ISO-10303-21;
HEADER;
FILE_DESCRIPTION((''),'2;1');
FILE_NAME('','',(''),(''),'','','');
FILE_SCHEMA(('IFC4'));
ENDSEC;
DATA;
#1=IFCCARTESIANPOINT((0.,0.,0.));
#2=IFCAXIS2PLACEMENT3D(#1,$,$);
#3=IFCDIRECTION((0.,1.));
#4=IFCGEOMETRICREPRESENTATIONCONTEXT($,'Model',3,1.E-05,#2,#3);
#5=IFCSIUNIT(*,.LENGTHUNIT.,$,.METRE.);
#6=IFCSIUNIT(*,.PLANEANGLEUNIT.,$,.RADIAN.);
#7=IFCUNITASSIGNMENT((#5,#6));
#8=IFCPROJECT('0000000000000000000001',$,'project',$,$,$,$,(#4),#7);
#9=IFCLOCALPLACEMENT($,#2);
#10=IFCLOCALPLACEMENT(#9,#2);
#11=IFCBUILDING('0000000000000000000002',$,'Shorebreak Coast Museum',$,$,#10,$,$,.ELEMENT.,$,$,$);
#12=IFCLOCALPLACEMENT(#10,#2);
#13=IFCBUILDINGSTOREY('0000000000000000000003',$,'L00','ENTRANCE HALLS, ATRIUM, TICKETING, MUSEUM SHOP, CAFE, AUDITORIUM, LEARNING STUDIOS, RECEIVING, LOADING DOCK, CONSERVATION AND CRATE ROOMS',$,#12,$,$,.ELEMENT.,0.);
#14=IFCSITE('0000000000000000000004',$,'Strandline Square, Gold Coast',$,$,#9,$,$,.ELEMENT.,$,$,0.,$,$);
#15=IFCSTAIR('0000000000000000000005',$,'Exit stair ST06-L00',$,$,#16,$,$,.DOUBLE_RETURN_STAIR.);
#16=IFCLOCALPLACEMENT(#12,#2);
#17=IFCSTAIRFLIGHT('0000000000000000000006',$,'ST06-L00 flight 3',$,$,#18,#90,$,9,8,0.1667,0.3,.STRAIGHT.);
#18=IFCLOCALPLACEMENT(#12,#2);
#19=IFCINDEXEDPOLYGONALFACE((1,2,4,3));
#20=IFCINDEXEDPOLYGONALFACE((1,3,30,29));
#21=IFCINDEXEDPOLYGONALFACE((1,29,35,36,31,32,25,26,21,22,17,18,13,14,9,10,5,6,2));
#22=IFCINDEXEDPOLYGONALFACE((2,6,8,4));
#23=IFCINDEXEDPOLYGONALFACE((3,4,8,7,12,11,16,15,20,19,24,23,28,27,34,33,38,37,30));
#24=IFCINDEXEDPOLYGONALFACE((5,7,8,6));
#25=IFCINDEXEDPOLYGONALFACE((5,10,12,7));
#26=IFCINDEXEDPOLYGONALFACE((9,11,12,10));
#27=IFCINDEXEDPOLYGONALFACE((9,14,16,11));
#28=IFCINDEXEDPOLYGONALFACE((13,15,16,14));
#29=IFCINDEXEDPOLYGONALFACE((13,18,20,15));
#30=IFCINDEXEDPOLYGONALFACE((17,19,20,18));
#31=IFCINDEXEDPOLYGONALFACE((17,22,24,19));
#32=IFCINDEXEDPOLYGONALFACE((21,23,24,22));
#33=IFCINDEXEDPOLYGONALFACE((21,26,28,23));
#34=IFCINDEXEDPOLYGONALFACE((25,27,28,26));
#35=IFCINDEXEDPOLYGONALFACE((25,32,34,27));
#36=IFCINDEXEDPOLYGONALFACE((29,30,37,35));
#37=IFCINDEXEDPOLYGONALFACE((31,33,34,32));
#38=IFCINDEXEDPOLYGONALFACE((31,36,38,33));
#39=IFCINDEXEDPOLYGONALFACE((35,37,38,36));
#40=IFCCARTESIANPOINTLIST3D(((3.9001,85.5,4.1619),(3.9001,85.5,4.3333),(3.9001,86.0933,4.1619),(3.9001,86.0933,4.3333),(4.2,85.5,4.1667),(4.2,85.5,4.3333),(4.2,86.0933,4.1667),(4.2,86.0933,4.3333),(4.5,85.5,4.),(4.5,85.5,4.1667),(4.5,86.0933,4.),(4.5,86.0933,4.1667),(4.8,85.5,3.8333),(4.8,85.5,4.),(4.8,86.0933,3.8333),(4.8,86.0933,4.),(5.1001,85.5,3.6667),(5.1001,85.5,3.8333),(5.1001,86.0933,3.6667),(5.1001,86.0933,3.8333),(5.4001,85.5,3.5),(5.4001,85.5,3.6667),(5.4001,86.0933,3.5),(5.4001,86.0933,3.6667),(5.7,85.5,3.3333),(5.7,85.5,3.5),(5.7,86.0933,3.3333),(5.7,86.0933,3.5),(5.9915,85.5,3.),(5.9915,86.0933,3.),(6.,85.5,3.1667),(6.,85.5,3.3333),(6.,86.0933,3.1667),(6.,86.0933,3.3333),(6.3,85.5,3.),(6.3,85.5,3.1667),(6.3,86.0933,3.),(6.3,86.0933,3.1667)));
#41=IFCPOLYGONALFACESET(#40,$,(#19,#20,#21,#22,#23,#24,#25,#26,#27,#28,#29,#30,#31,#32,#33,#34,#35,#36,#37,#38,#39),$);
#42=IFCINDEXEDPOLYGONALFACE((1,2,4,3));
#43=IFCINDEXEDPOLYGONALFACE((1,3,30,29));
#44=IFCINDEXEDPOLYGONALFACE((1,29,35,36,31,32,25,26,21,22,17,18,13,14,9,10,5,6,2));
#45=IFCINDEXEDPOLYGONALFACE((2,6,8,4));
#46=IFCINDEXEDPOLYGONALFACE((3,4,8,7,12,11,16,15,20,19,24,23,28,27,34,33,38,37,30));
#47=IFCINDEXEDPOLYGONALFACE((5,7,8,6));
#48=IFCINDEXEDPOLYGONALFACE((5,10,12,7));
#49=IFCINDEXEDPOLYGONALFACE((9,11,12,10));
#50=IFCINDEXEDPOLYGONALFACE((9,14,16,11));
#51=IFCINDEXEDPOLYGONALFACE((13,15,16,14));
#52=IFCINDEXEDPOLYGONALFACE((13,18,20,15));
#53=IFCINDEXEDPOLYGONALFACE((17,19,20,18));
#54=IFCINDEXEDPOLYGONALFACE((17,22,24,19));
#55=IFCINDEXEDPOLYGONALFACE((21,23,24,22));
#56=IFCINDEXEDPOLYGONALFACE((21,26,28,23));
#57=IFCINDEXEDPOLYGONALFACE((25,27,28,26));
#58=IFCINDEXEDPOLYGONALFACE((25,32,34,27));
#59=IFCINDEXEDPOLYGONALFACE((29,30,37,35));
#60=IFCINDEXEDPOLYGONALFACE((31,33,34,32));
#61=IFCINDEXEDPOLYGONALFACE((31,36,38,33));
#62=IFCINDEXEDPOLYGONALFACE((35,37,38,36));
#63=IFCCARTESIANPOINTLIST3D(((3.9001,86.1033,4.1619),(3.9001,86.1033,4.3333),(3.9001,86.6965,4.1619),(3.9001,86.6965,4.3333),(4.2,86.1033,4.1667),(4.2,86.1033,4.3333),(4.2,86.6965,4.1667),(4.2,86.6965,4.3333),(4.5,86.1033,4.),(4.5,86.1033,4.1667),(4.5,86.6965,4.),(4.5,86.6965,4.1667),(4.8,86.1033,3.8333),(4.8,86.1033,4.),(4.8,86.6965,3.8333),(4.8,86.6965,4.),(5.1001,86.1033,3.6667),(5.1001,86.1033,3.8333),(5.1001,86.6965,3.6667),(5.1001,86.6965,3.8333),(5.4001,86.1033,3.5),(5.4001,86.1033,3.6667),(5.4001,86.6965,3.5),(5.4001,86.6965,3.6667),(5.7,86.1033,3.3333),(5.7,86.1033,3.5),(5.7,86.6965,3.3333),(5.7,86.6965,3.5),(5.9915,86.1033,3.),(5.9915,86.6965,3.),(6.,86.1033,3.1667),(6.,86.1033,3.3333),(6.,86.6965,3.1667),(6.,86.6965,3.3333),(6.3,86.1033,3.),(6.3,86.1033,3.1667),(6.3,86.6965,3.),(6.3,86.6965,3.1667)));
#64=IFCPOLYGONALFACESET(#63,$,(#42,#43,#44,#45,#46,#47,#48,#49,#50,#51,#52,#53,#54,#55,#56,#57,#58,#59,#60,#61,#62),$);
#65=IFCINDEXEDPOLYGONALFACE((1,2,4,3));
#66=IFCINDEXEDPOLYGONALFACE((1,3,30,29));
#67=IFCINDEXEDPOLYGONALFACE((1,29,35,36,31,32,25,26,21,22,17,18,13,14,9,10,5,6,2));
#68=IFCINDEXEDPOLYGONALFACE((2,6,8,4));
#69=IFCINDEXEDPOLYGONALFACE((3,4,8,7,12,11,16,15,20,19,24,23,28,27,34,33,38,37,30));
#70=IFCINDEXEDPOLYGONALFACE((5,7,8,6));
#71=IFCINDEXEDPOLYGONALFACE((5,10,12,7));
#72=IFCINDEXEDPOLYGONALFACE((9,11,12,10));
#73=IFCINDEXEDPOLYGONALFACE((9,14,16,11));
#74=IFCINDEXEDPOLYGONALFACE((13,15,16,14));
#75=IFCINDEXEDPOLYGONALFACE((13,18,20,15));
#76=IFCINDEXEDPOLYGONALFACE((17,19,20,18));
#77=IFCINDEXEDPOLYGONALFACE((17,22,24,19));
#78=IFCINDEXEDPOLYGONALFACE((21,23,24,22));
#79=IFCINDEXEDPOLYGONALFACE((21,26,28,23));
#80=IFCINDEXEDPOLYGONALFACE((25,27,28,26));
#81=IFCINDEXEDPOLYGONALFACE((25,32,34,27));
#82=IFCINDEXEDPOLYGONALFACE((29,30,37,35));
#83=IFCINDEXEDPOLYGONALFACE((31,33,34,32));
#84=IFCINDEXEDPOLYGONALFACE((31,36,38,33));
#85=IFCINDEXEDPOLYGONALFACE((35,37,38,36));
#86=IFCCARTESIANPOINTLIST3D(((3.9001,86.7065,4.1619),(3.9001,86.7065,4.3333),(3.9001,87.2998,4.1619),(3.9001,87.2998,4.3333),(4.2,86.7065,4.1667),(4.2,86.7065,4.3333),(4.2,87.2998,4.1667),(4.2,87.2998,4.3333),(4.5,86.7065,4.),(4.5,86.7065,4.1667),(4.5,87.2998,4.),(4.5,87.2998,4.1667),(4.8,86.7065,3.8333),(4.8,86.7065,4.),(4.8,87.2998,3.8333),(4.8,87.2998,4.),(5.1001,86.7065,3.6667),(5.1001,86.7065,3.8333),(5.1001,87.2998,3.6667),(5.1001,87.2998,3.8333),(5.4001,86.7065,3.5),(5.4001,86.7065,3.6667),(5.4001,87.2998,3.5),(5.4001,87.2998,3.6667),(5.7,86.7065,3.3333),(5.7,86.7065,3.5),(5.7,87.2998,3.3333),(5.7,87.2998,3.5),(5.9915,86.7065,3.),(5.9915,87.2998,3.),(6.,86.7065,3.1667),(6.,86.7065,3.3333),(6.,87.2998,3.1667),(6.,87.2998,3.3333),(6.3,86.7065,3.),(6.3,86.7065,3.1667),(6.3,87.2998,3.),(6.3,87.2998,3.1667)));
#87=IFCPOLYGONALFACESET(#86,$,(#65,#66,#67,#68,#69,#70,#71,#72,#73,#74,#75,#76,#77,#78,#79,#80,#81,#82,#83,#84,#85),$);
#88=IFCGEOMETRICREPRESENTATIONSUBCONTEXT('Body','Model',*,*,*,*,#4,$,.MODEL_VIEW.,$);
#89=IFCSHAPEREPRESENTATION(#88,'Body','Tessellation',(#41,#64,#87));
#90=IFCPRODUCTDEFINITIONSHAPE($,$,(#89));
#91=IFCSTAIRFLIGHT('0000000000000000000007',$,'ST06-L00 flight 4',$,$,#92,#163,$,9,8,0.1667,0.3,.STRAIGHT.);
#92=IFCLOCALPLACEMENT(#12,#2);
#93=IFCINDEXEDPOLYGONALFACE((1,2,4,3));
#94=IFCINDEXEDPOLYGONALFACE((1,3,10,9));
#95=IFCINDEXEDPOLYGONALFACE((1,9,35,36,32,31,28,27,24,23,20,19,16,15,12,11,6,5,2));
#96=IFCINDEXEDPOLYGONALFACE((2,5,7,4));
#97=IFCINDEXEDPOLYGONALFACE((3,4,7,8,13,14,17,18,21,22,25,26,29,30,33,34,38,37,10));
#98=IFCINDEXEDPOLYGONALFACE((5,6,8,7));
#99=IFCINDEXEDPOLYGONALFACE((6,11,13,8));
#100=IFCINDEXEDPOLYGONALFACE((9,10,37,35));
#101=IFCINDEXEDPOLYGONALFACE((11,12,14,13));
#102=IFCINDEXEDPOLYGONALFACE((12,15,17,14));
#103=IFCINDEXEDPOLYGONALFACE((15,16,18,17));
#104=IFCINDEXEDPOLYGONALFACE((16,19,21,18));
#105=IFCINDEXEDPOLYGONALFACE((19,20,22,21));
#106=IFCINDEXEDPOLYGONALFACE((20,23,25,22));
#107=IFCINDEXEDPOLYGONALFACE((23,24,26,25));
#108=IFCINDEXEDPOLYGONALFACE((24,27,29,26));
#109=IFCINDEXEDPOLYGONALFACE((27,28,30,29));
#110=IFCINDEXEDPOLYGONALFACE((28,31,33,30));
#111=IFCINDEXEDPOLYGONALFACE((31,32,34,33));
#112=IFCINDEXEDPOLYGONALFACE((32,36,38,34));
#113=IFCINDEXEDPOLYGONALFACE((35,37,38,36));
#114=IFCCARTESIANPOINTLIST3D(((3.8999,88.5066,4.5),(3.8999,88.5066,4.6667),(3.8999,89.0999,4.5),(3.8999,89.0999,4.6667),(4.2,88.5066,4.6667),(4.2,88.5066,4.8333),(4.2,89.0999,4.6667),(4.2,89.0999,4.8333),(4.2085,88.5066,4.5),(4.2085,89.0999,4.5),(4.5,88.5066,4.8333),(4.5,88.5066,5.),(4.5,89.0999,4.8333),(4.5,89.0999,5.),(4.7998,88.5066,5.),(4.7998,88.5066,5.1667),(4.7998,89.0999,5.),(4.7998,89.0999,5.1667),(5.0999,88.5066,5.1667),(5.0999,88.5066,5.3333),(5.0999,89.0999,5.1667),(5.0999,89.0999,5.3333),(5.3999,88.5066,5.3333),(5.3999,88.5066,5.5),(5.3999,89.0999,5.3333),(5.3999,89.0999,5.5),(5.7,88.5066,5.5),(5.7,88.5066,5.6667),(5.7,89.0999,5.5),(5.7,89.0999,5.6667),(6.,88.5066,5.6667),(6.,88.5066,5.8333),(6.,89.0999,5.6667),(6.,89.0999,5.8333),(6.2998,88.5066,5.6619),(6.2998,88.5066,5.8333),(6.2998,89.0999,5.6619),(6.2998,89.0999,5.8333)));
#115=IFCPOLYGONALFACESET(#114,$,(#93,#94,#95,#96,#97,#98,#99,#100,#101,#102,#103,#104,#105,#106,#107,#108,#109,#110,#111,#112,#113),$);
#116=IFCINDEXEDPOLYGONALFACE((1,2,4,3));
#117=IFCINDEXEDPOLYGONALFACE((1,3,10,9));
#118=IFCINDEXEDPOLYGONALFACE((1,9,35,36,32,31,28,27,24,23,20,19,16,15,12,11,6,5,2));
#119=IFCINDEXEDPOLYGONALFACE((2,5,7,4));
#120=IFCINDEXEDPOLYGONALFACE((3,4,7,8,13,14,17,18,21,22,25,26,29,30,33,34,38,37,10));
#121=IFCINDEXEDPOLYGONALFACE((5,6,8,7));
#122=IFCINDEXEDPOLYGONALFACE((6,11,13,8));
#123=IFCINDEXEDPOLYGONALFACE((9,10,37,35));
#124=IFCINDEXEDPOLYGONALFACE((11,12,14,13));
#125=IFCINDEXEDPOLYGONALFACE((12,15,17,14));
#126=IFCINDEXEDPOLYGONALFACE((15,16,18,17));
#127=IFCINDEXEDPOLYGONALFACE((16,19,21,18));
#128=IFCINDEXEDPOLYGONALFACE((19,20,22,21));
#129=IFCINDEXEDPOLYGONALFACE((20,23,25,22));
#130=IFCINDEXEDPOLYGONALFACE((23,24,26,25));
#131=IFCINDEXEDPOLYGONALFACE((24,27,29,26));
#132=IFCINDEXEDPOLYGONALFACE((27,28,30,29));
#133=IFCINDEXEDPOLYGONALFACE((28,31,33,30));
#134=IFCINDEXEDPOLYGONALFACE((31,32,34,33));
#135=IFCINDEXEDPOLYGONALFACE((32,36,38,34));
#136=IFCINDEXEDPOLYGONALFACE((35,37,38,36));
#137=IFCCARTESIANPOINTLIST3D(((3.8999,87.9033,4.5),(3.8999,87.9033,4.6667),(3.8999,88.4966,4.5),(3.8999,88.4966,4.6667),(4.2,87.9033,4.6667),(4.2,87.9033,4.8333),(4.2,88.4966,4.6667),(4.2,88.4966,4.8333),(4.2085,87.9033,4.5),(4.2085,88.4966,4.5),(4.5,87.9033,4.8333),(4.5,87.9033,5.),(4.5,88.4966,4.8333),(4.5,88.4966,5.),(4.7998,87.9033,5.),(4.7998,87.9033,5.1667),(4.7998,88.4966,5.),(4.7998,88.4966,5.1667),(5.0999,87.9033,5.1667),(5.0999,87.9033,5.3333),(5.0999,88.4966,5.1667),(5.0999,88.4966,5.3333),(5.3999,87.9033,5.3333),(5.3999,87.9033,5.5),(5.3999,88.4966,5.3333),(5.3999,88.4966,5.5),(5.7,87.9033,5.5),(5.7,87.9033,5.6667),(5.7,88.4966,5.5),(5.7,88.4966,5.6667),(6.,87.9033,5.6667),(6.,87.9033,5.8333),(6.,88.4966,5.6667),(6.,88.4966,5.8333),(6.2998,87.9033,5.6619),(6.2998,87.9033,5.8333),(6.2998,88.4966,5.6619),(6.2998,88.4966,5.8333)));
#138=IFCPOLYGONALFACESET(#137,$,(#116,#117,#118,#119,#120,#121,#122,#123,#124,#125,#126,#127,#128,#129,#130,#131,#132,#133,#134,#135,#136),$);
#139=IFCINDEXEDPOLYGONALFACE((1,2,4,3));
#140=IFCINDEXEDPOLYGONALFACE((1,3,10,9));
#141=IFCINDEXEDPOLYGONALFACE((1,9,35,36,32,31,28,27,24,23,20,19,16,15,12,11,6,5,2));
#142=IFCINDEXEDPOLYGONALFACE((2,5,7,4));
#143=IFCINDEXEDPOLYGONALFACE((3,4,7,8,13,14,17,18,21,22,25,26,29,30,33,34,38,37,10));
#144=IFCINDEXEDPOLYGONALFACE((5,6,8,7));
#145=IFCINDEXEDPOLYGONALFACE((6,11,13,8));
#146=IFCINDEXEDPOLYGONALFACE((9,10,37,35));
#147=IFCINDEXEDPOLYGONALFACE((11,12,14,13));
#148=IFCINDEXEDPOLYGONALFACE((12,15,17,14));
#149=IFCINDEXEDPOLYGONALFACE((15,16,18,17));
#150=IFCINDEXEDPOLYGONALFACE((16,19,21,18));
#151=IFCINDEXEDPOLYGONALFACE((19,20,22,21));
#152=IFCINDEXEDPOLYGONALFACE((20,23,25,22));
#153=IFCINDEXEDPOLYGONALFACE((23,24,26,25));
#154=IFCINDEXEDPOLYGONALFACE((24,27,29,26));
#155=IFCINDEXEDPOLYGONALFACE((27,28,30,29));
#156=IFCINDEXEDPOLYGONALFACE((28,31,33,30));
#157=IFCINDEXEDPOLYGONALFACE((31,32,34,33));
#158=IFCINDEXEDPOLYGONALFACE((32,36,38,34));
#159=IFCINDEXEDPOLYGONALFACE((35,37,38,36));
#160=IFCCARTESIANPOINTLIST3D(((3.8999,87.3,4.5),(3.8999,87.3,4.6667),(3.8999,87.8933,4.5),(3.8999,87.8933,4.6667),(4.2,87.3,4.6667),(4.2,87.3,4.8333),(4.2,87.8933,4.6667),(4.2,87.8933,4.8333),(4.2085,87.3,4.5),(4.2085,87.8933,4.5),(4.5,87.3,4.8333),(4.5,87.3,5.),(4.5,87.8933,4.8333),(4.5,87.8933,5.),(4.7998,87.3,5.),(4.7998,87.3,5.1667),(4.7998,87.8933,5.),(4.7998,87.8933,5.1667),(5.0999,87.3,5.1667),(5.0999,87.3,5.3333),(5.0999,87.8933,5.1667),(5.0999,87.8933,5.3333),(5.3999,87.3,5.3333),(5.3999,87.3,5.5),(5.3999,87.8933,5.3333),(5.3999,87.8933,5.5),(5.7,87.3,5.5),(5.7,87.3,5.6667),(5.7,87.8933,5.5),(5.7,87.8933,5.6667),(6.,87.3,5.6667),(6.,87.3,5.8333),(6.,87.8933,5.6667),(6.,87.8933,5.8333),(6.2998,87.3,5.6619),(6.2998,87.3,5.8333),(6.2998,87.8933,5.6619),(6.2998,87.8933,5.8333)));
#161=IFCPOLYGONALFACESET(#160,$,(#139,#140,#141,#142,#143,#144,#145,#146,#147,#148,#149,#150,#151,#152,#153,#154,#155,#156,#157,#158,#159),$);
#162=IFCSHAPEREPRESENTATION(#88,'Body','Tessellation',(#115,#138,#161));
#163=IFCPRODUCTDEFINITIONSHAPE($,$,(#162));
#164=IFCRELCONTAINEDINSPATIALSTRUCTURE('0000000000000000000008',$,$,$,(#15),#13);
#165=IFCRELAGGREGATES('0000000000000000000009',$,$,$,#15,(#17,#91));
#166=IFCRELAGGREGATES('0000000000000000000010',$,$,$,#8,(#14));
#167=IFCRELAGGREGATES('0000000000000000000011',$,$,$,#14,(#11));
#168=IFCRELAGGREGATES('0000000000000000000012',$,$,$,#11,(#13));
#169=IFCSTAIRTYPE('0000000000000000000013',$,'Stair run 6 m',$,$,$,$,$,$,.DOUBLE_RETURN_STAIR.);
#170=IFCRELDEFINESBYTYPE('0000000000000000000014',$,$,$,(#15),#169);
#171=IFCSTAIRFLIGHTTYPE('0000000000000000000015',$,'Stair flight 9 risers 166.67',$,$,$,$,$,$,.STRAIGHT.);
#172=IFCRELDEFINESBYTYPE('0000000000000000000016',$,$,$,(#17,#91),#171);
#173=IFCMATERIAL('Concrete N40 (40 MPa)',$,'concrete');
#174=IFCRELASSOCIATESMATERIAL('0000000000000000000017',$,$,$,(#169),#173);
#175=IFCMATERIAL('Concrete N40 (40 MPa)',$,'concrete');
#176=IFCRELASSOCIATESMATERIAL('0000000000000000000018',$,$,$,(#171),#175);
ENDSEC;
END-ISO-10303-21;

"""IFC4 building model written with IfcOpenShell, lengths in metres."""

from ifc_helpers import new_model, si_unit, direction, frame, origin, place, context, subcontext, project, spatial, polyline, outline, extrude, material, type_object, element, aggregate, save


model = new_model("IFC4")

# Units and contexts
model_context = context("Model", 3, precision=1e-05, world=origin(), true_north=direction((0.0, 1.0)))
body_context = subcontext(model_context, "Body", "Model", "MODEL_VIEW")
ifc_project = project(units=[si_unit("LENGTHUNIT", "METRE"), si_unit("PLANEANGLEUNIT", "RADIAN")], contexts=[model_context])

# Site, building, storey
site_placement = place(None, origin())
site = spatial("IfcSite", under=ifc_project, at=site_placement, Name="Strandline Square, Gold Coast", CompositionType="ELEMENT", RefElevation=0.0)
building_placement = place(site_placement, origin())
building = spatial("IfcBuilding", under=site, at=building_placement, Name="Shorebreak Coast Museum", CompositionType="ELEMENT")
storey_placement = place(building_placement, origin())
storey = spatial("IfcBuildingStorey", under=building, at=storey_placement, Name="L00", Description="ENTRANCE HALLS, ATRIUM, TICKETING, MUSEUM SHOP, CAFE, AUDITORIUM, LEARNING STUDIOS, RECEIVING, LOADING DOCK, CONSERVATION AND CRATE ROOMS", CompositionType="ELEMENT", Elevation=0.0)

# Stair, stair flights
ifc_material_1 = material(Name="Concrete N40 (40 MPa)", Category="concrete")
stair_type = type_object("IfcStairType", Name="Stair run 6 m", PredefinedType="DOUBLE_RETURN_STAIR", material=ifc_material_1)
stair_placement = place(storey_placement, origin())
stair = element("IfcStair", 1, at=stair_placement, inside=storey, type_object=stair_type, Name="Exit stair ST06-L00", PredefinedType="DOUBLE_RETURN_STAIR")
ifc_material_2 = material(Name="Concrete N40 (40 MPa)", Category="concrete")
stair_flight_type = type_object("IfcStairFlightType", Name="Stair flight 9 risers 166.67", PredefinedType="STRAIGHT", material=ifc_material_2)
stair_flight_1_placement = place(storey_placement, frame((6.3, 86.3999, 3.0), z_axis=(0.0, 0.0, 1.0), x_axis=(-1.0, 0.0, 0.0)))
stair_flight_1 = element("IfcStairFlight", 2, at=stair_flight_1_placement, type_object=stair_flight_type, Name="ST06-L00 flight 3", NumberOfRisers=9, NumberOfTreads=8, PredefinedType="STRAIGHT", RiserHeight=0.1667, TreadLength=0.3, context=body_context, shape_type="SweptSolid", body=[
    extrude(outline(polyline([(0.0, 0.0), (0.0, 0.1667), (0.3, 0.1667), (0.3, 0.3333), (0.6001, 0.3333), (0.6001, 0.5), (0.8999, 0.5), (0.8999, 0.6667), (1.2, 0.6667), (1.2, 0.8333), (1.5, 0.8333), (1.5, 1.0), (1.8, 1.0), (1.8, 1.1667), (2.1001, 1.1667), (2.1001, 1.3333), (2.3999, 1.3333), (2.3999, 1.5), (2.3999, 1.1619), (0.3086, 0.0), (0.0, 0.0)])), frame((0.0, 0.8999, 0.0), z_axis=(0.0, -1.0, 0.0), x_axis=(1.0, 0.0, 0.0)), (0.0, 0.0, 1.0), 0.5933),
    extrude(outline(polyline([(0.0, 0.0), (0.0, 0.1667), (0.3, 0.1667), (0.3, 0.3333), (0.6001, 0.3333), (0.6001, 0.5), (0.8999, 0.5), (0.8999, 0.6667), (1.2, 0.6667), (1.2, 0.8333), (1.5, 0.8333), (1.5, 1.0), (1.8, 1.0), (1.8, 1.1667), (2.1001, 1.1667), (2.1001, 1.3333), (2.3999, 1.3333), (2.3999, 1.5), (2.3999, 1.1619), (0.3086, 0.0), (0.0, 0.0)])), frame((0.0, 0.2966, 0.0), z_axis=(0.0, -1.0, 0.0), x_axis=(1.0, 0.0, 0.0)), (0.0, 0.0, 1.0), 0.5933),
    extrude(outline(polyline([(0.0, 0.0), (0.0, 0.1667), (0.3, 0.1667), (0.3, 0.3333), (0.6001, 0.3333), (0.6001, 0.5), (0.8999, 0.5), (0.8999, 0.6667), (1.2, 0.6667), (1.2, 0.8333), (1.5, 0.8333), (1.5, 1.0), (1.8, 1.0), (1.8, 1.1667), (2.1001, 1.1667), (2.1001, 1.3333), (2.3999, 1.3333), (2.3999, 1.5), (2.3999, 1.1619), (0.3086, 0.0), (0.0, 0.0)])), frame((0.0, -0.3066, 0.0), z_axis=(0.0, -1.0, 0.0), x_axis=(1.0, 0.0, 0.0)), (0.0, 0.0, 1.0), 0.5933),
])
stair_flight_2_placement = place(storey_placement, frame((3.8999, 88.2, 4.5), z_axis=(0.0, 0.0, 1.0), x_axis=(1.0, 0.0, 0.0)))
stair_flight_2 = element("IfcStairFlight", 3, at=stair_flight_2_placement, type_object=stair_flight_type, Name="ST06-L00 flight 4", NumberOfRisers=9, NumberOfTreads=8, PredefinedType="STRAIGHT", RiserHeight=0.1667, TreadLength=0.3, context=body_context, shape_type="SweptSolid", body=[
    extrude(outline(polyline([(0.0, 0.0), (0.0, 0.1667), (0.3, 0.1667), (0.3, 0.3333), (0.6001, 0.3333), (0.6001, 0.5), (0.8999, 0.5), (0.8999, 0.6667), (1.2, 0.6667), (1.2, 0.8333), (1.5, 0.8333), (1.5, 1.0), (1.8, 1.0), (1.8, 1.1667), (2.1001, 1.1667), (2.1001, 1.3333), (2.3999, 1.3333), (2.3999, 1.5), (2.3999, 1.1619), (0.3086, 0.0), (0.0, 0.0)])), frame((0.0, 0.8999, 0.0), z_axis=(0.0, -1.0, 0.0), x_axis=(1.0, 0.0, 0.0)), (0.0, 0.0, 1.0), 0.5933),
    extrude(outline(polyline([(0.0, 0.0), (0.0, 0.1667), (0.3, 0.1667), (0.3, 0.3333), (0.6001, 0.3333), (0.6001, 0.5), (0.8999, 0.5), (0.8999, 0.6667), (1.2, 0.6667), (1.2, 0.8333), (1.5, 0.8333), (1.5, 1.0), (1.8, 1.0), (1.8, 1.1667), (2.1001, 1.1667), (2.1001, 1.3333), (2.3999, 1.3333), (2.3999, 1.5), (2.3999, 1.1619), (0.3086, 0.0), (0.0, 0.0)])), frame((0.0, 0.2966, 0.0), z_axis=(0.0, -1.0, 0.0), x_axis=(1.0, 0.0, 0.0)), (0.0, 0.0, 1.0), 0.5933),
    extrude(outline(polyline([(0.0, 0.0), (0.0, 0.1667), (0.3, 0.1667), (0.3, 0.3333), (0.6001, 0.3333), (0.6001, 0.5), (0.8999, 0.5), (0.8999, 0.6667), (1.2, 0.6667), (1.2, 0.8333), (1.5, 0.8333), (1.5, 1.0), (1.8, 1.0), (1.8, 1.1667), (2.1001, 1.1667), (2.1001, 1.3333), (2.3999, 1.3333), (2.3999, 1.5), (2.3999, 1.1619), (0.3086, 0.0), (0.0, 0.0)])), frame((0.0, -0.3066, 0.0), z_axis=(0.0, -1.0, 0.0), x_axis=(1.0, 0.0, 0.0)), (0.0, 0.0, 1.0), 0.5933),
])
aggregate(stair, [stair_flight_1, stair_flight_2])

save(model, "model.ifc")
